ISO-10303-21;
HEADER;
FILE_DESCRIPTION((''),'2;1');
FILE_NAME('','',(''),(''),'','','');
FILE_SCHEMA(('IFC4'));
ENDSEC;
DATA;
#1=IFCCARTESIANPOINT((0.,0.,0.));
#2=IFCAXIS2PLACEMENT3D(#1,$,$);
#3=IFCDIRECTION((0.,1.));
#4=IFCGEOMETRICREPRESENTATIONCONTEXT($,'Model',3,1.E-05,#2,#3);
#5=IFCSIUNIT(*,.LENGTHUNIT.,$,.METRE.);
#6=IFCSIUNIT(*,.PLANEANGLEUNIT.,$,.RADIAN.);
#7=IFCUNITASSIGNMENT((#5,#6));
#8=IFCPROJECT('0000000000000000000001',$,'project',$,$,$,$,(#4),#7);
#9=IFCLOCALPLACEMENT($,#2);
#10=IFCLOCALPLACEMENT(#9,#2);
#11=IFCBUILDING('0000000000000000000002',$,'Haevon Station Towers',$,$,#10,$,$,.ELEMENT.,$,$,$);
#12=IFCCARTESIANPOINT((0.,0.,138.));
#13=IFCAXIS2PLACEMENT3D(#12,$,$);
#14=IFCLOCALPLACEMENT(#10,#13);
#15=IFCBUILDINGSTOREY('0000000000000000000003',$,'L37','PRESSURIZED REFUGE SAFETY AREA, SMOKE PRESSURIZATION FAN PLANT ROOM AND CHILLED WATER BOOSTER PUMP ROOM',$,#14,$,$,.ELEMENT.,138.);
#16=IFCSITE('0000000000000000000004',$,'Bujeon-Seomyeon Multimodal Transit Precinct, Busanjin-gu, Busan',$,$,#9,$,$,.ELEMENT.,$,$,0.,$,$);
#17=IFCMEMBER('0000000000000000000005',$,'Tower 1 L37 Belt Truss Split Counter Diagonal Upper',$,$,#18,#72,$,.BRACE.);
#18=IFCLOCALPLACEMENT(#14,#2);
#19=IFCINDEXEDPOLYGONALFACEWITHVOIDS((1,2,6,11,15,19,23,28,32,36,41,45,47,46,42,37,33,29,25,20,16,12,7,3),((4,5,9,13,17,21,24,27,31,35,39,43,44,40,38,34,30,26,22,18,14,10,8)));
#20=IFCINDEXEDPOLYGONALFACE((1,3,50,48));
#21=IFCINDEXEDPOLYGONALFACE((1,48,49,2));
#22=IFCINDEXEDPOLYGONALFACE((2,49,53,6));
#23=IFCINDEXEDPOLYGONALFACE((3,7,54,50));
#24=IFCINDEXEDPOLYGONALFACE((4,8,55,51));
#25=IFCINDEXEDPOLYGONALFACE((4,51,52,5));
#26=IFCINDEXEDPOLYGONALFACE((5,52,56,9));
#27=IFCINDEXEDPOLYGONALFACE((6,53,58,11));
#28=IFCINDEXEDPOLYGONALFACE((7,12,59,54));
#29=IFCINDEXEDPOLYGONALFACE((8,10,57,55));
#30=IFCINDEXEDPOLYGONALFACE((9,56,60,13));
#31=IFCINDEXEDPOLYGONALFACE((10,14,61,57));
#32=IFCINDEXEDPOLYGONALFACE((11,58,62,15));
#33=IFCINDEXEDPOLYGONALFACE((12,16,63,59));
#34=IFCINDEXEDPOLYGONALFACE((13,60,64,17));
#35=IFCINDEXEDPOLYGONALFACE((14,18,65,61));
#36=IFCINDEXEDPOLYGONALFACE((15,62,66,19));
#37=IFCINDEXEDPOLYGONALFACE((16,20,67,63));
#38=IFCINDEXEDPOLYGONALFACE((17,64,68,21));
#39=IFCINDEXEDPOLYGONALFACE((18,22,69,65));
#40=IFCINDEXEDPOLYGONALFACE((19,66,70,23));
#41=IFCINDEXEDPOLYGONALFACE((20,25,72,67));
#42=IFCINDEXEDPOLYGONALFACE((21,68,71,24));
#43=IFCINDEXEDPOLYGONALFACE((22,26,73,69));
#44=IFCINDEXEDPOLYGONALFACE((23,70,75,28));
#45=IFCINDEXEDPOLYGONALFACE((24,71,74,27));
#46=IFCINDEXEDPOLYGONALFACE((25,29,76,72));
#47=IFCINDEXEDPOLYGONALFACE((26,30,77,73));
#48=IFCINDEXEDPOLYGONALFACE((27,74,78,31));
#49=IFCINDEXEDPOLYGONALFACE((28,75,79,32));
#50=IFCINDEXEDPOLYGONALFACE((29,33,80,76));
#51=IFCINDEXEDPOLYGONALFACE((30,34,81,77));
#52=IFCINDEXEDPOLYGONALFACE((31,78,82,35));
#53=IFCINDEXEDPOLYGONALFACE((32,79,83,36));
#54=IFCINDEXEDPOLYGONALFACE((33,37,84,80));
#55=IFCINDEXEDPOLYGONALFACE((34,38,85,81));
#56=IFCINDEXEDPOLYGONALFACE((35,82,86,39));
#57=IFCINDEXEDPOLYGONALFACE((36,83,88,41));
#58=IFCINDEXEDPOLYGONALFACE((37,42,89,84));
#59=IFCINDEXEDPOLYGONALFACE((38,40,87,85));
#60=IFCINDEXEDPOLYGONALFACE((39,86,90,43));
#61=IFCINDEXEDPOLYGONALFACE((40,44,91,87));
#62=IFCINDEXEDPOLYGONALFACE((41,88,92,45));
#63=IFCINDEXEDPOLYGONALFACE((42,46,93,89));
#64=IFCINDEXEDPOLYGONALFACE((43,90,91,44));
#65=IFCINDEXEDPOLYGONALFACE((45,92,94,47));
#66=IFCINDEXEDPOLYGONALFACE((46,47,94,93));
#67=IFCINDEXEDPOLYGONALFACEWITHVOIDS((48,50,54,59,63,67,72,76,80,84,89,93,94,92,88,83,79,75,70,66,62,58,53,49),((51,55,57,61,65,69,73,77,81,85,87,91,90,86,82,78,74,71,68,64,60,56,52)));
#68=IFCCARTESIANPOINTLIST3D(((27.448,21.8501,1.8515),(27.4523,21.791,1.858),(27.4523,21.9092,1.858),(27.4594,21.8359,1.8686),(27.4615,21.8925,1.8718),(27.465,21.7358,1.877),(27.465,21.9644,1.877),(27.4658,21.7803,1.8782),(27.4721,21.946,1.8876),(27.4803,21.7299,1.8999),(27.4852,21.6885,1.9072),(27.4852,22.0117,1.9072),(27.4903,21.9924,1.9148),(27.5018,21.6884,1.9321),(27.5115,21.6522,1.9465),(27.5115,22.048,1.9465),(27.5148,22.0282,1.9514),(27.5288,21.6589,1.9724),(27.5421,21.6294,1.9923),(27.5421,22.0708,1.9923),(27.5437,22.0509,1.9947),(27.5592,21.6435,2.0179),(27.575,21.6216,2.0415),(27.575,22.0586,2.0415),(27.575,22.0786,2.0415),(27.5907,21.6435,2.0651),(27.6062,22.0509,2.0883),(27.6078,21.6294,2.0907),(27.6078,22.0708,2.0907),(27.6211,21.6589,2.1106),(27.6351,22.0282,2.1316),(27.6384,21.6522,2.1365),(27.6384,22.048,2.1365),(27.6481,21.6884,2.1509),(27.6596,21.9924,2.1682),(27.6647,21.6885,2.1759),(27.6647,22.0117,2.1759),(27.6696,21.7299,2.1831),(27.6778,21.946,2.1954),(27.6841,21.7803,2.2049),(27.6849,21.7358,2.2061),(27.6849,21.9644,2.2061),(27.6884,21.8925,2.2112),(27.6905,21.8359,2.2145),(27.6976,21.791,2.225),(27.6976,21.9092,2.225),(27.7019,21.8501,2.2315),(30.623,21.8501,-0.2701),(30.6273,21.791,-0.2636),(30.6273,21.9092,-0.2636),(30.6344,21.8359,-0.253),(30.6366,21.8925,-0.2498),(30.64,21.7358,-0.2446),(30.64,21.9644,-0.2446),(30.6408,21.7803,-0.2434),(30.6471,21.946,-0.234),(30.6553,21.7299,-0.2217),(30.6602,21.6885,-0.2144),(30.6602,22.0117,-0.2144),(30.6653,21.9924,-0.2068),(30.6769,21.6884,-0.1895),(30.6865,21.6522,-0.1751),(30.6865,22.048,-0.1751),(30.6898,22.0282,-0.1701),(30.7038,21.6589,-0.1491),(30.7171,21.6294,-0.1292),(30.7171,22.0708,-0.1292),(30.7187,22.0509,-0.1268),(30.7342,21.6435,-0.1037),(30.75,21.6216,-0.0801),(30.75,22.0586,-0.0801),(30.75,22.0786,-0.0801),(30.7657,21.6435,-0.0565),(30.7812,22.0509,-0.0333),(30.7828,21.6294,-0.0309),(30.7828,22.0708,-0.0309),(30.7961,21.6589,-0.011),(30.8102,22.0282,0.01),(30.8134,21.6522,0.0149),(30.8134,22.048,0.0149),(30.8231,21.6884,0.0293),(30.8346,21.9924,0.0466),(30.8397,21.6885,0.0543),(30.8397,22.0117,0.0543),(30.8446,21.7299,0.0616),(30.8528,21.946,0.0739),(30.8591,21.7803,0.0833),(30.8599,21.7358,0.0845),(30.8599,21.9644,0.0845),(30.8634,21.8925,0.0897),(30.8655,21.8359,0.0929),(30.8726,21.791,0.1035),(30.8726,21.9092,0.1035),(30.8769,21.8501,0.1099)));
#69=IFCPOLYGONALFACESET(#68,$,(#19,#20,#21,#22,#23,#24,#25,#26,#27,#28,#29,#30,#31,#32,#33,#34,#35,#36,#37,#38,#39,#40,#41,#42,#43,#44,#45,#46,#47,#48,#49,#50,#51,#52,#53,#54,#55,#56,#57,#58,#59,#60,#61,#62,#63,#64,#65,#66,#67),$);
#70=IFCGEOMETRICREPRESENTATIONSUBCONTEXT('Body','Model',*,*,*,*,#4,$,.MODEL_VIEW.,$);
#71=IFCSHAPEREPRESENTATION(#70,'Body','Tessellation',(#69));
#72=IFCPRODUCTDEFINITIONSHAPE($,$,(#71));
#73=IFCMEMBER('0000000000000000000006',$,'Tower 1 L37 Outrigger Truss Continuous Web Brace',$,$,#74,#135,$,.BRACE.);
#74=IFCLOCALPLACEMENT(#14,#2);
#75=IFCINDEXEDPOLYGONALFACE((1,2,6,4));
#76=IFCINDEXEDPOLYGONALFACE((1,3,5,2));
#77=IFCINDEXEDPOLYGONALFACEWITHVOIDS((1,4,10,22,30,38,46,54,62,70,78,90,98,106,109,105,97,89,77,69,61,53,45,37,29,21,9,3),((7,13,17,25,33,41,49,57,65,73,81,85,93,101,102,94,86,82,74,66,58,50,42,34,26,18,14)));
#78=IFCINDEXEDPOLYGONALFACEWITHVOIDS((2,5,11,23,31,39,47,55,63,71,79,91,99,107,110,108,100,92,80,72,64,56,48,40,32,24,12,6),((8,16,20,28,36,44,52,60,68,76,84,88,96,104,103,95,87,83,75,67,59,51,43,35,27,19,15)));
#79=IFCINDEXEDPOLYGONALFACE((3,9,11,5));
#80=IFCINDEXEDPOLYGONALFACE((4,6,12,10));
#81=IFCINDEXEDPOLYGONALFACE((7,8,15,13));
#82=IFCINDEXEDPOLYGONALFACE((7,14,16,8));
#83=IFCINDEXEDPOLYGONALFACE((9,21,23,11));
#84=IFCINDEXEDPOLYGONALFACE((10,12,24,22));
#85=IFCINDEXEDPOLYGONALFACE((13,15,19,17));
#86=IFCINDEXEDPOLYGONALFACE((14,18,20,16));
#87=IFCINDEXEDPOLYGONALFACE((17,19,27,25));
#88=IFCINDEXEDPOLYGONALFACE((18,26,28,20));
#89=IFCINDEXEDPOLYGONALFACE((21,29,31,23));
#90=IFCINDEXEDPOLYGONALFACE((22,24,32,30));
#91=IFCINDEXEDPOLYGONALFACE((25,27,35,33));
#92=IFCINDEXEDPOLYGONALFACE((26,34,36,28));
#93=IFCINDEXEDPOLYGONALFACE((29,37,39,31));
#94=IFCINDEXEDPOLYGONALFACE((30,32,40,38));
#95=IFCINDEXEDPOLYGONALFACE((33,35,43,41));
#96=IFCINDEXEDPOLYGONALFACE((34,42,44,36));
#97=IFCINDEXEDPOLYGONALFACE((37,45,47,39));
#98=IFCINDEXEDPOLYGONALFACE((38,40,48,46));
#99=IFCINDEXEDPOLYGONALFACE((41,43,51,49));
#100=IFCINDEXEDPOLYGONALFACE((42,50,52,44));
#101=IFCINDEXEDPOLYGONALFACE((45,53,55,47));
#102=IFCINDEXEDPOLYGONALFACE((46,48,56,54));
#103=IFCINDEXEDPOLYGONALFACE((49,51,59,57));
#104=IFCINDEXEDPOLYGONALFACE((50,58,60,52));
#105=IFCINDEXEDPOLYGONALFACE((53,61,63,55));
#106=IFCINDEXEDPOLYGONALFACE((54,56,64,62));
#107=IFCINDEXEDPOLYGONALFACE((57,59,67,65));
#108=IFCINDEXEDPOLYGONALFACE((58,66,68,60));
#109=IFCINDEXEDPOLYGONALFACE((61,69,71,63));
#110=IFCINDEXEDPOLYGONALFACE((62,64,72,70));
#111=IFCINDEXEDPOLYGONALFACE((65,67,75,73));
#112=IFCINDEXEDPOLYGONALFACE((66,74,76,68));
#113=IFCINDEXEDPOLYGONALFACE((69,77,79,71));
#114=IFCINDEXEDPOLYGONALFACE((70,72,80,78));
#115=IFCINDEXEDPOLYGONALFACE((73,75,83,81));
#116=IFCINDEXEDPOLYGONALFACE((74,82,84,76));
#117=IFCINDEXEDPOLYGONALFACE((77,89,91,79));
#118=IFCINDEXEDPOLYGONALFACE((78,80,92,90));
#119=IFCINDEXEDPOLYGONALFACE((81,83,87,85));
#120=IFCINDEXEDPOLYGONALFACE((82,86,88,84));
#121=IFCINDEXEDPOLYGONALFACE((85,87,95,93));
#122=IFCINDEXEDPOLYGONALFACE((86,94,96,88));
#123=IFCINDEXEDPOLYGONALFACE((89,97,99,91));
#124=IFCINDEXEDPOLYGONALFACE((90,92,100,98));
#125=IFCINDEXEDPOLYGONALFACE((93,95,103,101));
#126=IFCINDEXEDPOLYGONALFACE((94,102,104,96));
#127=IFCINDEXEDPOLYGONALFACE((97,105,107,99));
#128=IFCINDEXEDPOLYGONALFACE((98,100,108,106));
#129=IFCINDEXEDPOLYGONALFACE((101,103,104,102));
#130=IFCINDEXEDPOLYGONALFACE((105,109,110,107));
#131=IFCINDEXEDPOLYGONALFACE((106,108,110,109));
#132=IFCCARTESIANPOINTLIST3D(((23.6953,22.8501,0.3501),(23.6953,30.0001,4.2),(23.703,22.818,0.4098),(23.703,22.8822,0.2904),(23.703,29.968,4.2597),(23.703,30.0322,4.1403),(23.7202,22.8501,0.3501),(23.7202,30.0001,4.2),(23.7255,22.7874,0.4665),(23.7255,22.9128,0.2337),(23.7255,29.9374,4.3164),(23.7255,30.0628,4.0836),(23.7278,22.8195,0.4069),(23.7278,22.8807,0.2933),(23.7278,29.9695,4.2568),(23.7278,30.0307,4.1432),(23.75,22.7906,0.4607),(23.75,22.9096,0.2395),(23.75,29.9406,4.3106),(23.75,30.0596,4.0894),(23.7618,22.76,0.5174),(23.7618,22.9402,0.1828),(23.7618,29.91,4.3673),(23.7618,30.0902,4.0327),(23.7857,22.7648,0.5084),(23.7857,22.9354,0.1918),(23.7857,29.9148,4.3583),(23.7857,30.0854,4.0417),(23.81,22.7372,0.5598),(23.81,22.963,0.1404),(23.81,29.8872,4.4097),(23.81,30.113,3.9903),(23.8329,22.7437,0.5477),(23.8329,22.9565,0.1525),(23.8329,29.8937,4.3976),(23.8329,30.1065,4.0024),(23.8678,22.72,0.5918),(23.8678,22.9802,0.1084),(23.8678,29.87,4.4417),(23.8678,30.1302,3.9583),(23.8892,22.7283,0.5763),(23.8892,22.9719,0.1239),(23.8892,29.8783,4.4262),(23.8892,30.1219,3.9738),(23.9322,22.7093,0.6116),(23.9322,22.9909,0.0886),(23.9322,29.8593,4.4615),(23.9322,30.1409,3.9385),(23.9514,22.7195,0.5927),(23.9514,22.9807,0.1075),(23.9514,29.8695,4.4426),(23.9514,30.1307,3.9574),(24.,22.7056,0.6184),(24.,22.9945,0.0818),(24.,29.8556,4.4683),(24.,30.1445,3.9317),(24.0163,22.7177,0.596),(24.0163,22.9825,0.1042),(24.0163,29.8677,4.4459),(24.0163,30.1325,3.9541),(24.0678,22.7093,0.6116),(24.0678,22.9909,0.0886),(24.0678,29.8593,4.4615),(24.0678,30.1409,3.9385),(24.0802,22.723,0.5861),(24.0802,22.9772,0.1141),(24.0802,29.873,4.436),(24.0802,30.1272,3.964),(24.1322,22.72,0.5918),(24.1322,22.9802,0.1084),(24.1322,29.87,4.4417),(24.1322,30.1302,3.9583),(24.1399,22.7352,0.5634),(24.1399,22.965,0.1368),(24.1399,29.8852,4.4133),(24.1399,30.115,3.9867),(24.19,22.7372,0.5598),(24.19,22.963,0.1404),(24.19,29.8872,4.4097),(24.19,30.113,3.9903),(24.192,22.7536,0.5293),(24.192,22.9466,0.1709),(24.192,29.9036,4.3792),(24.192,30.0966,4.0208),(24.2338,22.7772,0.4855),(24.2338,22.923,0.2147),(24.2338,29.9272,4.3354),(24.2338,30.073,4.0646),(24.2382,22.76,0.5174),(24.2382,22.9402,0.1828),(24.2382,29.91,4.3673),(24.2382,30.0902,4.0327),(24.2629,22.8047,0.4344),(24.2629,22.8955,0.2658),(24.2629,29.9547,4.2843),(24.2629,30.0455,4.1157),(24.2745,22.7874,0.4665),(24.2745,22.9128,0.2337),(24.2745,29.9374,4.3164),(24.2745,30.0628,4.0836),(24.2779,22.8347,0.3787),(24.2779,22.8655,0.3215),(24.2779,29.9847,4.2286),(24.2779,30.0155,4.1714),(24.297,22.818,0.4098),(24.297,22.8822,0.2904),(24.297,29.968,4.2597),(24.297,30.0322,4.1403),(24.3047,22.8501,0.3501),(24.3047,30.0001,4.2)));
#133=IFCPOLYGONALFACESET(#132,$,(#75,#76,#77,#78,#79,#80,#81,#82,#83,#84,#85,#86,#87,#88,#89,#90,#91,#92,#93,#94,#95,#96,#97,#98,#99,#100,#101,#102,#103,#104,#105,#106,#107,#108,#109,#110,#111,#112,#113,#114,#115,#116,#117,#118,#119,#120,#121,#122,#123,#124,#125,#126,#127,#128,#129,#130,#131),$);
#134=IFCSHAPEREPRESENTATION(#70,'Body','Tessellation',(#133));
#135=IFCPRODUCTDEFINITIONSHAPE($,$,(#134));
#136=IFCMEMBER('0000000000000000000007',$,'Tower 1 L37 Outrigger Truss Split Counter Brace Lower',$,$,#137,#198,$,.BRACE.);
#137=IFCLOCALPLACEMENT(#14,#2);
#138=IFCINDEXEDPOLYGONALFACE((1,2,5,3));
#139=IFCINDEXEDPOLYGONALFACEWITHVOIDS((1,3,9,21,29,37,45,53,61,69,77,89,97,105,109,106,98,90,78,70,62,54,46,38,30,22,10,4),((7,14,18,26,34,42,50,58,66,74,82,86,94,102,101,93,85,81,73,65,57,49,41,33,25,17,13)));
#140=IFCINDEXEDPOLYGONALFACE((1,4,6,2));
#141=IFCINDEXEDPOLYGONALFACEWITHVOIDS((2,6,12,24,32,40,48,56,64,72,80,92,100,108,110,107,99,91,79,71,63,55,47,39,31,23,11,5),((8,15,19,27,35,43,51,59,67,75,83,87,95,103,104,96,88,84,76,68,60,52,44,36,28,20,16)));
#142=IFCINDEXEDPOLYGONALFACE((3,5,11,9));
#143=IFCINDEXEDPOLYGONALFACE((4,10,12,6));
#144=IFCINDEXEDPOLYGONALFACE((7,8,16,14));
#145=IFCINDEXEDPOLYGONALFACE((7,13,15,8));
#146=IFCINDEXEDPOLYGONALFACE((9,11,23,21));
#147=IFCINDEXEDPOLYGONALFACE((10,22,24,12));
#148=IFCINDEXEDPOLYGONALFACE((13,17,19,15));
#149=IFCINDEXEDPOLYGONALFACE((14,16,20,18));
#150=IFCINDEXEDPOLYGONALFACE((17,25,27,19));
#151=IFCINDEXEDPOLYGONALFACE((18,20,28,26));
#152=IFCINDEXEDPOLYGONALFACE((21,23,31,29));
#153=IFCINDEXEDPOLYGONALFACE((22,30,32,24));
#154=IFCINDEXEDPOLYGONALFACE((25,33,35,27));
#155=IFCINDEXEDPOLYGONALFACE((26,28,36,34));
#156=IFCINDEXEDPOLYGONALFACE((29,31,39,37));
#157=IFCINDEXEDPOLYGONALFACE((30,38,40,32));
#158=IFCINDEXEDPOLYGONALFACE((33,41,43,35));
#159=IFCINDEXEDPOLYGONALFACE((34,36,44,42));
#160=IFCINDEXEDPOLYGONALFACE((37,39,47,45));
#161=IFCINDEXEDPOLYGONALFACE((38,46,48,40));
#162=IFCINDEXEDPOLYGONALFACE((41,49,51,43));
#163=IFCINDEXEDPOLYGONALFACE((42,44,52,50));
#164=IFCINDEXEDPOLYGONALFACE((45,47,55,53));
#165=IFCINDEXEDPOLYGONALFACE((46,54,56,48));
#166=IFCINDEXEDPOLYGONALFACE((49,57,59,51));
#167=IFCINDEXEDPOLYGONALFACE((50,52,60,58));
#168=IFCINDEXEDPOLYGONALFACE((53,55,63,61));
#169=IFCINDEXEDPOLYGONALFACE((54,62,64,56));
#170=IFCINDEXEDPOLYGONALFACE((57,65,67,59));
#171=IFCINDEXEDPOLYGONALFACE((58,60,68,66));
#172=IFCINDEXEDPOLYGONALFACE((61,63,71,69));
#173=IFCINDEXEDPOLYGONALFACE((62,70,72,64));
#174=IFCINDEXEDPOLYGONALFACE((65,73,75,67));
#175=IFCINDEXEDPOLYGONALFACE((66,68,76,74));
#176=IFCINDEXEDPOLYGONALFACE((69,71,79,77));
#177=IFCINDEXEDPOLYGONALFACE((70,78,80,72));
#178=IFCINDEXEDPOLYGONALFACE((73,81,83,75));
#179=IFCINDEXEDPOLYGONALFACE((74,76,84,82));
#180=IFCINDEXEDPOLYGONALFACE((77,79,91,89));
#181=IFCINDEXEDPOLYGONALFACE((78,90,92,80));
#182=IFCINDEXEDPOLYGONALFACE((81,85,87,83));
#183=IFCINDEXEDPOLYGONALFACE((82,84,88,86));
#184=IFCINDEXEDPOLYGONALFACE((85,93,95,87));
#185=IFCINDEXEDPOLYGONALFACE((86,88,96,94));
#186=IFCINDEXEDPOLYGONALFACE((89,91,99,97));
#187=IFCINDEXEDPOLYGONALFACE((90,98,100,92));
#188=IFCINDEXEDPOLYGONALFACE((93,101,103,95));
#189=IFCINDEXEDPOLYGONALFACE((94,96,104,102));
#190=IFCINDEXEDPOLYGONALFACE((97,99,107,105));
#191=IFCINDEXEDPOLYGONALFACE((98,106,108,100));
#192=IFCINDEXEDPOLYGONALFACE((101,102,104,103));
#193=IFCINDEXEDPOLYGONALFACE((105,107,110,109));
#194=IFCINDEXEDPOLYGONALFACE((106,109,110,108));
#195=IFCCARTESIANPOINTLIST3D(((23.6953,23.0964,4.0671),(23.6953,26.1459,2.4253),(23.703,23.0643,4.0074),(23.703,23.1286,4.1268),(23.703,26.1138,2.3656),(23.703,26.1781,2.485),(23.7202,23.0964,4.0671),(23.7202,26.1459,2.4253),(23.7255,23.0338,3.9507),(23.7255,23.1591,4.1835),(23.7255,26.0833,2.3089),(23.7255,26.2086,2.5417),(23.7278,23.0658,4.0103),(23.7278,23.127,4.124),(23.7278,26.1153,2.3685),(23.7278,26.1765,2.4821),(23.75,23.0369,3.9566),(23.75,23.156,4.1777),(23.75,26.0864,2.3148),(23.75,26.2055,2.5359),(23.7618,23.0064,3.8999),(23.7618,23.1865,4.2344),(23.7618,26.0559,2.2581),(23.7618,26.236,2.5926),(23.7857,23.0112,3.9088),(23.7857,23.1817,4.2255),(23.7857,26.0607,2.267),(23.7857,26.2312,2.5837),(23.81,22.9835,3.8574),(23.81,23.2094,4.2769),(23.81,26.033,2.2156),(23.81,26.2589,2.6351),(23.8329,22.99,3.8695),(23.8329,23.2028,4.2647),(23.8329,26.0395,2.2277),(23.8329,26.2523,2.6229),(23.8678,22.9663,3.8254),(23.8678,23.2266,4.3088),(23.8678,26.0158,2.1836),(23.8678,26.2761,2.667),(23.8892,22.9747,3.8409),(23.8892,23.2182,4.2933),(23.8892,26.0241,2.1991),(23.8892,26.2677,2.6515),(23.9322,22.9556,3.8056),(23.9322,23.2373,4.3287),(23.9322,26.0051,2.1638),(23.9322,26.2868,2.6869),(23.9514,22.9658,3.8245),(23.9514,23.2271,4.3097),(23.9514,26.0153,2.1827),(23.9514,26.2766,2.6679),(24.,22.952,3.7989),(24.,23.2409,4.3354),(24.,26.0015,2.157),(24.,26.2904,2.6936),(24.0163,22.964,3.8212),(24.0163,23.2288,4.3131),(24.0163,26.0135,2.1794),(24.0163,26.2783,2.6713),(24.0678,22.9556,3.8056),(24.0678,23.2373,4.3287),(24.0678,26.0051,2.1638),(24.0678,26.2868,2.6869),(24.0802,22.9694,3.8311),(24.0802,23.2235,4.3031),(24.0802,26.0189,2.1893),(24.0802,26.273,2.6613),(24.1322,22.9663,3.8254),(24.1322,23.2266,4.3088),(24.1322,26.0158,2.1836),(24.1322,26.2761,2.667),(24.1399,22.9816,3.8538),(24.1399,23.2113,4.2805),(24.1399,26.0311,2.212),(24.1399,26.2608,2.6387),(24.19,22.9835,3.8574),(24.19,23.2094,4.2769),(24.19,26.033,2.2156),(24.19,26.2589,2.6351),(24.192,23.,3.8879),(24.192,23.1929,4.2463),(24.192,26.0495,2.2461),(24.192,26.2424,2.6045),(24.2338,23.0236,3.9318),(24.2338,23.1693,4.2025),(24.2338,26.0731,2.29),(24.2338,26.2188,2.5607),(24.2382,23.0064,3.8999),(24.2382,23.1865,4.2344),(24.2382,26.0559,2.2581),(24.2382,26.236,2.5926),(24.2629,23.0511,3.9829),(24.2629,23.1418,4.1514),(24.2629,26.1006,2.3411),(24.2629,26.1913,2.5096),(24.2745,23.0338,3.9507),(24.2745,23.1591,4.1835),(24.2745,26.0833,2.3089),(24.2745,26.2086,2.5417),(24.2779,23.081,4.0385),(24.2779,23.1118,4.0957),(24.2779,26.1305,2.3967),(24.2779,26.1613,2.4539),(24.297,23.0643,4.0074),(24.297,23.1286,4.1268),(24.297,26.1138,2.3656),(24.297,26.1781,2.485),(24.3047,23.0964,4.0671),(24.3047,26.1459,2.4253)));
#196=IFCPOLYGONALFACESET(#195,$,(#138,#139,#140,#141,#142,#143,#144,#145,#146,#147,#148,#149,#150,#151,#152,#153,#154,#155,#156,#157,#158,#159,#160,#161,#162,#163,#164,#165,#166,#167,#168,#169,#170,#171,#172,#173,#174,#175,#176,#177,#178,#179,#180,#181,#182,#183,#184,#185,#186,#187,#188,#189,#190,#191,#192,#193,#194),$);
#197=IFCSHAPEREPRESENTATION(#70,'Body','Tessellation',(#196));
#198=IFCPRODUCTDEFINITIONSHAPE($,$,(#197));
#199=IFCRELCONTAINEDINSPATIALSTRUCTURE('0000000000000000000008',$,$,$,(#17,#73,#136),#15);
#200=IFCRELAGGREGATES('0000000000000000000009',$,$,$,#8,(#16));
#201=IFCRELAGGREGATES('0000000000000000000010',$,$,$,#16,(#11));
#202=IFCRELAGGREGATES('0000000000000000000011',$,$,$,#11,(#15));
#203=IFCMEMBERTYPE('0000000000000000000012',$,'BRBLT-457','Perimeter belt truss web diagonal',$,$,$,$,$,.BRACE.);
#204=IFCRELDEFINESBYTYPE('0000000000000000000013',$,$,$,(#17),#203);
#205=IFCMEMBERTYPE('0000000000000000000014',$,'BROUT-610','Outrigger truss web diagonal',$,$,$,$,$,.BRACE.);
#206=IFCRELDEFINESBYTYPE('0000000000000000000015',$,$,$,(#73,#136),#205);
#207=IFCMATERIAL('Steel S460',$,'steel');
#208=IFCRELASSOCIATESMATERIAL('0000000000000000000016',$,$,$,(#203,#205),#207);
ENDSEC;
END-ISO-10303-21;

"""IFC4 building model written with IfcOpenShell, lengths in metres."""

from ifc_helpers import new_model, si_unit, direction, frame, origin, origin_2d, place, context, subcontext, project, spatial, hollow_circle, extrude, material, material_profile, profile_set, type_object, element, save


model = new_model("IFC4")

# Units and contexts
model_context = context("Model", 3, precision=1e-05, world=origin(), true_north=direction((0.0, 1.0)))
body_context = subcontext(model_context, "Body", "Model", "MODEL_VIEW")
ifc_project = project(units=[si_unit("LENGTHUNIT", "METRE"), si_unit("PLANEANGLEUNIT", "RADIAN")], contexts=[model_context])

# Site, building, storey
site_placement = place(None, origin())
site = spatial("IfcSite", under=ifc_project, at=site_placement, Name="Bujeon-Seomyeon Multimodal Transit Precinct, Busanjin-gu, Busan", CompositionType="ELEMENT", RefElevation=0.0)
building_placement = place(site_placement, origin())
building = spatial("IfcBuilding", under=site, at=building_placement, Name="Haevon Station Towers", CompositionType="ELEMENT")
storey_placement = place(building_placement, frame((0.0, 0.0, 138.0)))
storey = spatial("IfcBuildingStorey", under=building, at=storey_placement, Name="L37", Description="PRESSURIZED REFUGE SAFETY AREA, SMOKE PRESSURIZATION FAN PLANT ROOM AND CHILLED WATER BOOSTER PUMP ROOM", CompositionType="ELEMENT", Elevation=138.0)

# Shared definitions
ifc_material_1 = material(Name="Steel S460", Category="steel")

# Members
ifc_material_profile_1 = material_profile(ifc_material_1, hollow_circle(Radius=0.2285, WallThickness=0.02, at=origin_2d()), Name="CHS-457x20")
ifc_profile_set_1 = profile_set([ifc_material_profile_1], Name="Steel S460")
member_type_1 = type_object("IfcMemberType", Name="BRBLT-457", Description="Perimeter belt truss web diagonal", PredefinedType="BRACE", material=ifc_profile_set_1)
member_1_placement = place(storey_placement, frame((27.575, 21.8501, 2.0415), z_axis=(0.83146, 0.0, -0.555585), x_axis=(0.0, 1.0, 0.0)))
element("IfcMember", 1, at=member_1_placement, inside=storey, type_object=member_type_1, Name="Tower 1 L37 Belt Truss Split Counter Diagonal Upper", PredefinedType="BRACE", context=body_context, shape_type="SweptSolid", body=[
    extrude(hollow_circle(Radius=0.2285, WallThickness=0.02, at=origin_2d()), origin(), (0.0, 0.0, 1.0), 3.8186),
])
ifc_material_profile_2 = material_profile(ifc_material_1, hollow_circle(Radius=0.3047, WallThickness=0.0249, at=origin_2d()), Name="CHS-609.6x25")
ifc_profile_set_2 = profile_set([ifc_material_profile_2], Name="Steel S460")
member_type_2 = type_object("IfcMemberType", Name="BROUT-610", Description="Outrigger truss web diagonal", PredefinedType="BRACE", material=ifc_profile_set_2)
member_2_placement = place(storey_placement, frame((24.0, 22.8501, 0.3501), z_axis=(0.0, 0.880476, 0.474091), x_axis=(-1.0, 0.0, 0.0)))
element("IfcMember", 2, at=member_2_placement, inside=storey, type_object=member_type_2, Name="Tower 1 L37 Outrigger Truss Continuous Web Brace", PredefinedType="BRACE", context=body_context, shape_type="SweptSolid", body=[
    extrude(hollow_circle(Radius=0.3047, WallThickness=0.0249, at=origin_2d()), origin(), (0.0, 0.0, 1.0), 8.1206),
])
for number, where, z_axis, x_axis, name in (
    (3, (24.0, 23.0964, 4.0671), (0.0, 0.880498, -0.474049), (-1.0, 0.0, 0.0), "Tower 1 L37 Outrigger Truss Split Counter Brace Lower"),
):
    element("IfcMember", number, at=place(storey_placement, frame(where, z_axis=z_axis, x_axis=x_axis)), inside=storey, type_object=member_type_2, Name=name, PredefinedType="BRACE", context=body_context, shape_type="SweptSolid", body=[
        extrude(hollow_circle(Radius=0.3047, WallThickness=0.0249, at=origin_2d()), origin(), (0.0, 0.0, 1.0), 3.4634),
    ])

save(model, "model.ifc")
